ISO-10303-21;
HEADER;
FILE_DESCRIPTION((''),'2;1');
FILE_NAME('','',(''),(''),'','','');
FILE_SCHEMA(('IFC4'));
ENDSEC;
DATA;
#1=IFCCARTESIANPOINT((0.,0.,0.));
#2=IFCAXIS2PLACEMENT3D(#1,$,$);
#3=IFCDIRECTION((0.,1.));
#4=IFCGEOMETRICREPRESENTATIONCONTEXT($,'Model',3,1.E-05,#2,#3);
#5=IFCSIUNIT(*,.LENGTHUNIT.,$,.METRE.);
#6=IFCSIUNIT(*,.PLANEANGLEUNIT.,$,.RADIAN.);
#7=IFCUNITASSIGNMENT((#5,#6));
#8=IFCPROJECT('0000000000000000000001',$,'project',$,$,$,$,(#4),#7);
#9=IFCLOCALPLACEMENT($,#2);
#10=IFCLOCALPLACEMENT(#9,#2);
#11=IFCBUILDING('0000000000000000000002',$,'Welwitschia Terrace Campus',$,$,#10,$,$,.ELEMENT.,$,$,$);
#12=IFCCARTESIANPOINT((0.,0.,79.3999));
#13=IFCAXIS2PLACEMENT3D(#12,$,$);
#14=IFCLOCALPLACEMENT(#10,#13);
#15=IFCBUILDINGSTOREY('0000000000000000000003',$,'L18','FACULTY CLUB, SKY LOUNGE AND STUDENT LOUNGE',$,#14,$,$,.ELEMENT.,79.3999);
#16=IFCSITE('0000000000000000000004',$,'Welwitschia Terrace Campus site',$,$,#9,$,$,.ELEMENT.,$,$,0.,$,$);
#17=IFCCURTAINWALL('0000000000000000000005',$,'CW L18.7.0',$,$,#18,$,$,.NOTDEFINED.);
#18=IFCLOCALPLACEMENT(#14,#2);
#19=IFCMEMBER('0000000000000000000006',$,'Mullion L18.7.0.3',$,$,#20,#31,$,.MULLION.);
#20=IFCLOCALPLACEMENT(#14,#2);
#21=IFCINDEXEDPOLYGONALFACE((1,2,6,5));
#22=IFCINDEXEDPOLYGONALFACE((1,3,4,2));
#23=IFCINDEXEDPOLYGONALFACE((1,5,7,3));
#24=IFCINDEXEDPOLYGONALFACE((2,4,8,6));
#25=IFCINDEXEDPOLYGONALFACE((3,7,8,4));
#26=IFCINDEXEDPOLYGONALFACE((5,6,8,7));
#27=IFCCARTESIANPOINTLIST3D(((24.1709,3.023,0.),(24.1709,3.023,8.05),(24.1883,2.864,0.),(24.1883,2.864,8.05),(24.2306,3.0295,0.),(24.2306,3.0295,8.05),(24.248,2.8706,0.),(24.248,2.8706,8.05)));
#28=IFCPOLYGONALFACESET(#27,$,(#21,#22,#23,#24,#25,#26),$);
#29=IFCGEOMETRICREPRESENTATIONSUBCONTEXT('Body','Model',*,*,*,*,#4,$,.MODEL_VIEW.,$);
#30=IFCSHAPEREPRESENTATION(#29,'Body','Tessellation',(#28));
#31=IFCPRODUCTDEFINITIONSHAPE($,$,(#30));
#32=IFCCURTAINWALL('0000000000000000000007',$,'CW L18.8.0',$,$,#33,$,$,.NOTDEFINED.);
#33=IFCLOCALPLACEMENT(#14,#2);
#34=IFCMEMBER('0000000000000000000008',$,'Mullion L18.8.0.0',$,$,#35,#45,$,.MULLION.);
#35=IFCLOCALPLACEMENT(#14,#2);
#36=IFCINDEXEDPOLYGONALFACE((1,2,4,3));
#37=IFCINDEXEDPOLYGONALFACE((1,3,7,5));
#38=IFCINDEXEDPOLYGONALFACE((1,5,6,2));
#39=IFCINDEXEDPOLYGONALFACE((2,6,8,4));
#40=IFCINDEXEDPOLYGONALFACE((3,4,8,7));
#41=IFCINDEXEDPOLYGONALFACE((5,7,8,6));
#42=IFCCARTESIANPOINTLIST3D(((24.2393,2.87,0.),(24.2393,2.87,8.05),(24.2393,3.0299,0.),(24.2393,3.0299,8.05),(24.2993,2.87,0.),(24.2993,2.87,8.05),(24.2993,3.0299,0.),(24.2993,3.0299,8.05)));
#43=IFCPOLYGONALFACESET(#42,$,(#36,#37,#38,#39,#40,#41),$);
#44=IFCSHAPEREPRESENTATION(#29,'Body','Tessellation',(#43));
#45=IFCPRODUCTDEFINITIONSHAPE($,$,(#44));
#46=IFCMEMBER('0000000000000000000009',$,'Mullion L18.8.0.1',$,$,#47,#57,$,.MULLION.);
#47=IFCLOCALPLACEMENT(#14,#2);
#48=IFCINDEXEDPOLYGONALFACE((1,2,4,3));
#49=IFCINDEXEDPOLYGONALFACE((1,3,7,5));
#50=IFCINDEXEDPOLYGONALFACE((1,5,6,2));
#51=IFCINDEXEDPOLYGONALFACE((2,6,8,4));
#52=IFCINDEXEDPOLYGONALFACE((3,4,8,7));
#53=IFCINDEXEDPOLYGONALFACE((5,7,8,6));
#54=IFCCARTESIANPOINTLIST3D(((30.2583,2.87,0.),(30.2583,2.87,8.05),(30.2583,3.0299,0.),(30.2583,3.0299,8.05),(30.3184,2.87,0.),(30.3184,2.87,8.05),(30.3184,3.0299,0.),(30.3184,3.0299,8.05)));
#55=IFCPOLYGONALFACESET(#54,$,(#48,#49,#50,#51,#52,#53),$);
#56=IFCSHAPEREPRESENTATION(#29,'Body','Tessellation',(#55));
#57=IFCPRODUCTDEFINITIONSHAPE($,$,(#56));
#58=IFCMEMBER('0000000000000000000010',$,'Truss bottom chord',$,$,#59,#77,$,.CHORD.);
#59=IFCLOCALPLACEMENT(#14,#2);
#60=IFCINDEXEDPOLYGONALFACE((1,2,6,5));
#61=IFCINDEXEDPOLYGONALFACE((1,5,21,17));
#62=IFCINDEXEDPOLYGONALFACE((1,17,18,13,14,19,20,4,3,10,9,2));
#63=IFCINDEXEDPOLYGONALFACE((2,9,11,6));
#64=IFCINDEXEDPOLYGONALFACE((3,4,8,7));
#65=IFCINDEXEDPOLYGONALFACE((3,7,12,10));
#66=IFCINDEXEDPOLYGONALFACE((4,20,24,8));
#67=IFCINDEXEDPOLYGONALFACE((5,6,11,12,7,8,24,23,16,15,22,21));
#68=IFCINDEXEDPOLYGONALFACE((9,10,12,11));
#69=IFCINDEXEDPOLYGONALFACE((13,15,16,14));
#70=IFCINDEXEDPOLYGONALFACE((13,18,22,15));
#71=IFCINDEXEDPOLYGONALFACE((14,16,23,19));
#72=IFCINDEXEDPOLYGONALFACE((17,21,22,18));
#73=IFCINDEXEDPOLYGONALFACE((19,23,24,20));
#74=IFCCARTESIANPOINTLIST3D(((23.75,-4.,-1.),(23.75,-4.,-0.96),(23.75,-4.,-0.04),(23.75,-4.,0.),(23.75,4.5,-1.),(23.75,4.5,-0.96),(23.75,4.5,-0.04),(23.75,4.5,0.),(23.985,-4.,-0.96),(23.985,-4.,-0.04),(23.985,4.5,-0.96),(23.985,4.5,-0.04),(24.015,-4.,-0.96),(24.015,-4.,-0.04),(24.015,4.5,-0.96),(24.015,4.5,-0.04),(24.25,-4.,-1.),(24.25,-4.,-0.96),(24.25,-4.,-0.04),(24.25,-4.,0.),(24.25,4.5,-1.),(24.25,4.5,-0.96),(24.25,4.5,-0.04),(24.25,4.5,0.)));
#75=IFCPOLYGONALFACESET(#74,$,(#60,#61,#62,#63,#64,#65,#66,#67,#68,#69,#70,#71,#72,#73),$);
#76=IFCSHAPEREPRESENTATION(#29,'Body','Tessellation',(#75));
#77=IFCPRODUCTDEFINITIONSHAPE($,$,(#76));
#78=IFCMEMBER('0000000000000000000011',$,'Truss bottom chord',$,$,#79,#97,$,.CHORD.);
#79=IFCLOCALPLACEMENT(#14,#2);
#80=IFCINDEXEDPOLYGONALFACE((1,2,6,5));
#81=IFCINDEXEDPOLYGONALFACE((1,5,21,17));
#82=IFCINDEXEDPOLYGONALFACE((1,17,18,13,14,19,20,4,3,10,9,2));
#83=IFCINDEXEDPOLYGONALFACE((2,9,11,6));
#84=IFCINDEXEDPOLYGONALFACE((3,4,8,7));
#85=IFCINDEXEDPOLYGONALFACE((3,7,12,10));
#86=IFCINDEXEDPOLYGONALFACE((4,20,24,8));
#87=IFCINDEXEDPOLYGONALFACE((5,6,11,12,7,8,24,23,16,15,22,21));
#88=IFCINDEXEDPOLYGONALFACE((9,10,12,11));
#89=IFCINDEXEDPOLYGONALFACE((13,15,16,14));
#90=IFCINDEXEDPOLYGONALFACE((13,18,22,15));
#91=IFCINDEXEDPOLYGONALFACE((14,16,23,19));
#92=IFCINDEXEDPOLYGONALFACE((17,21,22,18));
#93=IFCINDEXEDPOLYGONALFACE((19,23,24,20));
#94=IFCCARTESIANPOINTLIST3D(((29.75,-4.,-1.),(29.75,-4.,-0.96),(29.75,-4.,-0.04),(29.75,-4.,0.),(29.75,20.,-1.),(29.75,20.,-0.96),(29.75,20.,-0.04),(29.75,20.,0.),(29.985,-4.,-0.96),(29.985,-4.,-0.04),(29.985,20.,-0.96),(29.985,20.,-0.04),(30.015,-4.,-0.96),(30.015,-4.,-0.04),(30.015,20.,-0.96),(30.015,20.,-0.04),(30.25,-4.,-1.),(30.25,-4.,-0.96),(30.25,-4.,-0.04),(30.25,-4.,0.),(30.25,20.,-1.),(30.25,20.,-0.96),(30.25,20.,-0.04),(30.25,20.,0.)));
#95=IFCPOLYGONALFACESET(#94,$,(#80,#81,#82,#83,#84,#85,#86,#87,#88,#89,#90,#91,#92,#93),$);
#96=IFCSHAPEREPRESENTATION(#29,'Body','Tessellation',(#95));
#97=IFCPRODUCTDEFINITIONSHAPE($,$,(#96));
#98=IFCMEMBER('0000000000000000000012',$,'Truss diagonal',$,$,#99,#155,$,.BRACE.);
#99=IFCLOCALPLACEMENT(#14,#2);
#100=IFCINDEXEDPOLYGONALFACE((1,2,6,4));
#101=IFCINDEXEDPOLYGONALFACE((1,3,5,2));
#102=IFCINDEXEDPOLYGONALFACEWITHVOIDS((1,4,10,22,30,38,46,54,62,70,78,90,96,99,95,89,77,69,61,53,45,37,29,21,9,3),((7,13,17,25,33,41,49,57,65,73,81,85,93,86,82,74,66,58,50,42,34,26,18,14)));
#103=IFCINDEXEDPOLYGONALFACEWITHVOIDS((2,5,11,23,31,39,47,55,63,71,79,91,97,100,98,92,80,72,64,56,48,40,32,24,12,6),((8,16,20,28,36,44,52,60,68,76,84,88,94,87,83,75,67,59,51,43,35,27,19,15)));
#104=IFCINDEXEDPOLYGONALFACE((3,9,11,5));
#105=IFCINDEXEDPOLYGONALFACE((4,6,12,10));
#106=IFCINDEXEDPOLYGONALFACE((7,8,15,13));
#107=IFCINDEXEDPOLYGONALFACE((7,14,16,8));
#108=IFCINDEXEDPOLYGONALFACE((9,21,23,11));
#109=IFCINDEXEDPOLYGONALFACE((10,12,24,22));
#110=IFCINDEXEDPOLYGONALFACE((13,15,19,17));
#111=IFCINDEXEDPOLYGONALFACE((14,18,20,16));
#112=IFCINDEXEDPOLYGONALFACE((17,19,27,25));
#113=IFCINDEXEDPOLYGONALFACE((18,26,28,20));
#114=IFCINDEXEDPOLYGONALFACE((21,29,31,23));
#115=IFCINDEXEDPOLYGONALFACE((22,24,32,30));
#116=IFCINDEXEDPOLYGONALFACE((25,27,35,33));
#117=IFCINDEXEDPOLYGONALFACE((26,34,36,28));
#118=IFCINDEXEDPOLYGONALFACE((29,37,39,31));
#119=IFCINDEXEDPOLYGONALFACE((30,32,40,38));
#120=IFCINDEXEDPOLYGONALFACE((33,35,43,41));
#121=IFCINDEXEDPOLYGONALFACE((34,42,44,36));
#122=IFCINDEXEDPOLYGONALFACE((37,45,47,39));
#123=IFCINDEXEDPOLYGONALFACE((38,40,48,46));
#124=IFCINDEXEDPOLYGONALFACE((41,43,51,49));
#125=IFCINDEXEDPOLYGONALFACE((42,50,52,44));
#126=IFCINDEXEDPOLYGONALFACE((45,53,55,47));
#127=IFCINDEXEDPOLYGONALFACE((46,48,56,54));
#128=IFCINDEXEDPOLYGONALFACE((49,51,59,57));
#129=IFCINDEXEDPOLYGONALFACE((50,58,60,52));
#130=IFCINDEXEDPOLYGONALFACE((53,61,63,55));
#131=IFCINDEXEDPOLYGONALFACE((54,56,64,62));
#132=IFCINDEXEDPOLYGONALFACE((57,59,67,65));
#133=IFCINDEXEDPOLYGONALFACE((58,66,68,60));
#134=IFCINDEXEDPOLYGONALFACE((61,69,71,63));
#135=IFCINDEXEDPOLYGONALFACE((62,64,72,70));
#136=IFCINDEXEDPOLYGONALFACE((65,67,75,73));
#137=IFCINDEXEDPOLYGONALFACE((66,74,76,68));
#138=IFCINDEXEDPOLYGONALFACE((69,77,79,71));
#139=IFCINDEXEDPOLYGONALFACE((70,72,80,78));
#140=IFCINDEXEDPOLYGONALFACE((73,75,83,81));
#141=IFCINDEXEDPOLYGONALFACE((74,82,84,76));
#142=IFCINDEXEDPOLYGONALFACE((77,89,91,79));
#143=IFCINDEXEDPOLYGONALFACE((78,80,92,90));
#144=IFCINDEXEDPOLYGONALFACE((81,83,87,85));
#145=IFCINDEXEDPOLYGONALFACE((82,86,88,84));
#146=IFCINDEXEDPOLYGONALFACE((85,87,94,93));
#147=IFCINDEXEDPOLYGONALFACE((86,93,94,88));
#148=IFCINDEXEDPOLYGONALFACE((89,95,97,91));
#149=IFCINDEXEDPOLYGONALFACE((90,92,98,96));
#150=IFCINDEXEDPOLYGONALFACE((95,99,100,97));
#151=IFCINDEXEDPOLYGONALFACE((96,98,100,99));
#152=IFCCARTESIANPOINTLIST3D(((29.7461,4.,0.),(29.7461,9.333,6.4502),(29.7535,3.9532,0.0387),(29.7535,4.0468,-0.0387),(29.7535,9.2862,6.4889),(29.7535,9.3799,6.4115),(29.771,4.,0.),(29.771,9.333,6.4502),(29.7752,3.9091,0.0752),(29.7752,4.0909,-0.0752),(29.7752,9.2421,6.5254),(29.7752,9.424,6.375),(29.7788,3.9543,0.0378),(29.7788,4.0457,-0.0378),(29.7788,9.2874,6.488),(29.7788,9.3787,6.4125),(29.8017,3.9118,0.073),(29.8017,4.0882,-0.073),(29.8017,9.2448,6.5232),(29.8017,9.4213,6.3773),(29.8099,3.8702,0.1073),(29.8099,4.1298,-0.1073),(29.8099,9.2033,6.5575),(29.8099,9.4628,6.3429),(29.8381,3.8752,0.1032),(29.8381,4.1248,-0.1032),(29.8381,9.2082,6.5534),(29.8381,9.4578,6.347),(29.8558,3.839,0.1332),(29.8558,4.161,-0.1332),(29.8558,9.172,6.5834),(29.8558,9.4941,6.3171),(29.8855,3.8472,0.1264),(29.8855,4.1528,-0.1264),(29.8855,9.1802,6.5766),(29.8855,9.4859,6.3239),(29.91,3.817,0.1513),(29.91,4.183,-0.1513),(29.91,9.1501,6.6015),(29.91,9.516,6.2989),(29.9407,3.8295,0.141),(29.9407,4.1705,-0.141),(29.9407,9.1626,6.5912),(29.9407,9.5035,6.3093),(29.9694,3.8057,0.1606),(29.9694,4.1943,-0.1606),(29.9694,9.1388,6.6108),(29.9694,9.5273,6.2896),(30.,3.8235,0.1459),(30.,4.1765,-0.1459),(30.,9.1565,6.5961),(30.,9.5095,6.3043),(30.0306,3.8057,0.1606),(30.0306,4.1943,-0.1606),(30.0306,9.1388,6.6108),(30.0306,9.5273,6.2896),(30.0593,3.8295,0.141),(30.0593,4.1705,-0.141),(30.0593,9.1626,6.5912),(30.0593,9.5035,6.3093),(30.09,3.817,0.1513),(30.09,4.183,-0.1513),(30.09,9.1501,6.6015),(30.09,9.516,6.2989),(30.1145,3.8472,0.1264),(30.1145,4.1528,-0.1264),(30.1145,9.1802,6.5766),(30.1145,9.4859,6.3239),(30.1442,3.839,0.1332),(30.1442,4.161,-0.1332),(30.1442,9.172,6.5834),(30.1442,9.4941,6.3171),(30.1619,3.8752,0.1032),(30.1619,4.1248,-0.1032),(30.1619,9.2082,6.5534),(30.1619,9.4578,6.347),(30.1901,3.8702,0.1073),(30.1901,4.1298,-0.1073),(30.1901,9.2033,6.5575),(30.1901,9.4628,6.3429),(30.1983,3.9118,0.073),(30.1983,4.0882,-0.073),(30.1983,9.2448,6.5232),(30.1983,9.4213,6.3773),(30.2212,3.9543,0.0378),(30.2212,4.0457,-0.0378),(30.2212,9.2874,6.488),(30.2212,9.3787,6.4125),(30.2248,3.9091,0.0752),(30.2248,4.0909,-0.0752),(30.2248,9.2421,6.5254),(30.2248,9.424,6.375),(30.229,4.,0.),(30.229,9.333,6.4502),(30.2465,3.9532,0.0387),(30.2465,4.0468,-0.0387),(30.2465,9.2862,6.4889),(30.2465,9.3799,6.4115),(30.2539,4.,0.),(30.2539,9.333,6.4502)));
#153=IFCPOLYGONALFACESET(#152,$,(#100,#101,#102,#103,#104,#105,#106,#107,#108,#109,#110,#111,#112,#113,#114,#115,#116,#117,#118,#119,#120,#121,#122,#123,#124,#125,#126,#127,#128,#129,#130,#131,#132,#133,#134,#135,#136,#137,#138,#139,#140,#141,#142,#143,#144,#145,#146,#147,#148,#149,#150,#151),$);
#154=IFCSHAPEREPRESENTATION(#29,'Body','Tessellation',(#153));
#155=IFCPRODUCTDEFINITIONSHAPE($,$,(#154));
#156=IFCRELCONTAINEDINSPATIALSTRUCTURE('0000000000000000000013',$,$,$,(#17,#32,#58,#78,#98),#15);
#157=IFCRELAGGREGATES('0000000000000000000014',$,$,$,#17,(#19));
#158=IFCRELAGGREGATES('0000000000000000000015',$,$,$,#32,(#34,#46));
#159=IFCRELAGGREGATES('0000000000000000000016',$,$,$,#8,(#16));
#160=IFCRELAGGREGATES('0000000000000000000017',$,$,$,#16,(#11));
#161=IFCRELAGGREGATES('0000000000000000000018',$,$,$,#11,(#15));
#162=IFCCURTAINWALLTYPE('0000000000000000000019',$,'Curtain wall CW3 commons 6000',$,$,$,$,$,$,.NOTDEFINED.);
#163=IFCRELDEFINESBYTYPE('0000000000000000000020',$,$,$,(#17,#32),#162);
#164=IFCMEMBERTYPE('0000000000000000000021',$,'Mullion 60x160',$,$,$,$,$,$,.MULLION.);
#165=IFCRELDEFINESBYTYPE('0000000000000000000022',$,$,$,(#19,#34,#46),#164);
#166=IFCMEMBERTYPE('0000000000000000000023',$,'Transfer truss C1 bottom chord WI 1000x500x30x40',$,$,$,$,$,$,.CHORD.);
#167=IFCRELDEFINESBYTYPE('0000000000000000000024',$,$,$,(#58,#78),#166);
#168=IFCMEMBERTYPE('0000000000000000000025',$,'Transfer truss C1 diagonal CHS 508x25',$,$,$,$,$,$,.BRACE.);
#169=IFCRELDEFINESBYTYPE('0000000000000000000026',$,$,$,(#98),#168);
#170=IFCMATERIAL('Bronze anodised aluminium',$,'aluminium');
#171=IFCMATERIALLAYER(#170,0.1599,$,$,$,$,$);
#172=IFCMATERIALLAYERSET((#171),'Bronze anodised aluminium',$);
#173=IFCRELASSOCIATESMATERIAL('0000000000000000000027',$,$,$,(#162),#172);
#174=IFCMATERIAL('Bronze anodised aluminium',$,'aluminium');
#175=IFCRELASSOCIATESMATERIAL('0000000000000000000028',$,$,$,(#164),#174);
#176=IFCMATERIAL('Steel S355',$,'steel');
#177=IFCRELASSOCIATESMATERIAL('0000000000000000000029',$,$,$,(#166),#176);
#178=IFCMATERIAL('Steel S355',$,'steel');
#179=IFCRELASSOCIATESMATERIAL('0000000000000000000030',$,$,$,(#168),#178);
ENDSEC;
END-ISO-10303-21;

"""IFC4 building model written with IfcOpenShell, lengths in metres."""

from ifc_helpers import new_model, si_unit, direction, frame, origin, origin_2d, place, context, subcontext, project, spatial, rectangle, hollow_circle, i_section, extrude, material, layer, layer_set, material_profile, profile_set, type_object, element, aggregate, save


model = new_model("IFC4")

# Units and contexts
model_context = context("Model", 3, precision=1e-05, world=origin(), true_north=direction((0.0, 1.0)))
body_context = subcontext(model_context, "Body", "Model", "MODEL_VIEW")
ifc_project = project(units=[si_unit("LENGTHUNIT", "METRE"), si_unit("PLANEANGLEUNIT", "RADIAN")], contexts=[model_context])

# Site, building, storey
site_placement = place(None, origin())
site = spatial("IfcSite", under=ifc_project, at=site_placement, Name="Welwitschia Terrace Campus site", CompositionType="ELEMENT", RefElevation=0.0)
building_placement = place(site_placement, origin())
building = spatial("IfcBuilding", under=site, at=building_placement, Name="Welwitschia Terrace Campus", CompositionType="ELEMENT")
storey_placement = place(building_placement, frame((0.0, 0.0, 79.3999)))
storey = spatial("IfcBuildingStorey", under=building, at=storey_placement, Name="L18", Description="FACULTY CLUB, SKY LOUNGE AND STUDENT LOUNGE", CompositionType="ELEMENT", Elevation=79.3999)

# Curtain wall, member
ifc_material_1 = material(Name="Bronze anodised aluminium", Category="aluminium")
ifc_layer_1 = layer(ifc_material_1, 0.1599)
ifc_layer_set_1 = layer_set([ifc_layer_1], Name="Bronze anodised aluminium")
curtain_wall_type = type_object("IfcCurtainWallType", Name="Curtain wall CW3 commons 6000", PredefinedType="NOTDEFINED", material=ifc_layer_set_1)
curtain_wall_1_placement = place(storey_placement, origin())
curtain_wall_1 = element("IfcCurtainWall", 1, at=curtain_wall_1_placement, inside=storey, type_object=curtain_wall_type, Name="CW L18.7.0", PredefinedType="NOTDEFINED")
ifc_material_2 = material(Name="Bronze anodised aluminium", Category="aluminium")
ifc_material_profile_1 = material_profile(ifc_material_2, rectangle(XDim=0.1599, YDim=0.0601, at=origin_2d()))
ifc_profile_set_1 = profile_set([ifc_material_profile_1], Name="Bronze anodised aluminium")
member_type_1 = type_object("IfcMemberType", Name="Mullion 60x160", PredefinedType="MULLION", material=ifc_profile_set_1)
member_1_placement = place(storey_placement, frame((24.2095, 2.9468, 0.0), z_axis=(0.0, 0.0, 1.0), x_axis=(-0.108867, 0.994056, 0.0)))
member_1 = element("IfcMember", 2, at=member_1_placement, type_object=member_type_1, Name="Mullion L18.7.0.3", PredefinedType="MULLION", context=body_context, shape_type="SweptSolid", body=[
    extrude(rectangle(XDim=0.1599, YDim=0.0601, at=origin_2d()), origin(), (0.0, 0.0, 1.0), 8.05),
])
aggregate(curtain_wall_1, [member_1])

# Curtain wall, members
curtain_wall_2_placement = place(storey_placement, origin())
curtain_wall_2 = element("IfcCurtainWall", 3, at=curtain_wall_2_placement, inside=storey, type_object=curtain_wall_type, Name="CW L18.8.0", PredefinedType="NOTDEFINED")
member_2_placement = place(storey_placement, frame((24.2693, 2.95, 0.0), z_axis=(0.0, 0.0, 1.0), x_axis=(0.0, 1.0, 0.0)))
member_2 = element("IfcMember", 4, at=member_2_placement, type_object=member_type_1, Name="Mullion L18.8.0.0", PredefinedType="MULLION", context=body_context, shape_type="SweptSolid", body=[
    extrude(rectangle(XDim=0.1599, YDim=0.0601, at=origin_2d()), origin(), (0.0, 0.0, 1.0), 8.05),
])
member_3_placement = place(storey_placement, frame((30.2883, 2.95, 0.0), z_axis=(0.0, 0.0, 1.0), x_axis=(0.0, 1.0, 0.0)))
member_3 = element("IfcMember", 5, at=member_3_placement, type_object=member_type_1, Name="Mullion L18.8.0.1", PredefinedType="MULLION", context=body_context, shape_type="SweptSolid", body=[
    extrude(rectangle(XDim=0.1599, YDim=0.0601, at=origin_2d()), origin(), (0.0, 0.0, 1.0), 8.05),
])

# Members
ifc_material_3 = material(Name="Steel S355", Category="steel")
ifc_material_profile_2 = material_profile(ifc_material_3, i_section(OverallWidth=0.5, OverallDepth=1.0, WebThickness=0.03, FlangeThickness=0.04, at=origin_2d()))
ifc_profile_set_2 = profile_set([ifc_material_profile_2], Name="Steel S355")
member_type_2 = type_object("IfcMemberType", Name="Transfer truss C1 bottom chord WI 1000x500x30x40", PredefinedType="CHORD", material=ifc_profile_set_2)
member_4_placement = place(storey_placement, frame((24.0, -4.0, -0.5), z_axis=(0.0, 1.0, 0.0), x_axis=(-1.0, 0.0, 0.0)))
element("IfcMember", 6, at=member_4_placement, inside=storey, type_object=member_type_2, Name="Truss bottom chord", PredefinedType="CHORD", context=body_context, shape_type="SweptSolid", body=[
    extrude(i_section(OverallWidth=0.5, OverallDepth=1.0, WebThickness=0.03, FlangeThickness=0.04, at=origin_2d()), origin(), (0.0, 0.0, 1.0), 8.5),
])
member_5_placement = place(storey_placement, frame((30.0, -4.0, -0.5), z_axis=(0.0, 1.0, 0.0), x_axis=(-1.0, 0.0, 0.0)))
element("IfcMember", 7, at=member_5_placement, inside=storey, type_object=member_type_2, Name="Truss bottom chord", PredefinedType="CHORD", context=body_context, shape_type="SweptSolid", body=[
    extrude(i_section(OverallWidth=0.5, OverallDepth=1.0, WebThickness=0.03, FlangeThickness=0.04, at=origin_2d()), origin(), (0.0, 0.0, 1.0), 24.0),
])
ifc_material_4 = material(Name="Steel S355", Category="steel")
ifc_material_profile_3 = material_profile(ifc_material_4, hollow_circle(Radius=0.2539, WallThickness=0.0249, at=origin_2d()))
ifc_profile_set_3 = profile_set([ifc_material_profile_3], Name="Steel S355")
member_type_3 = type_object("IfcMemberType", Name="Transfer truss C1 diagonal CHS 508x25", PredefinedType="BRACE", material=ifc_profile_set_3)
member_6_placement = place(storey_placement, frame((30.0, 4.0, 0.0), z_axis=(0.0, 0.637207, 0.770693), x_axis=(-1.0, 0.0, 0.0)))
element("IfcMember", 8, at=member_6_placement, inside=storey, type_object=member_type_3, Name="Truss diagonal", PredefinedType="BRACE", context=body_context, shape_type="SweptSolid", body=[
    extrude(hollow_circle(Radius=0.2539, WallThickness=0.0249, at=origin_2d()), origin(), (0.0, 0.0, 1.0), 8.3694),
])

aggregate(curtain_wall_2, [member_2, member_3])

save(model, "model.ifc")
